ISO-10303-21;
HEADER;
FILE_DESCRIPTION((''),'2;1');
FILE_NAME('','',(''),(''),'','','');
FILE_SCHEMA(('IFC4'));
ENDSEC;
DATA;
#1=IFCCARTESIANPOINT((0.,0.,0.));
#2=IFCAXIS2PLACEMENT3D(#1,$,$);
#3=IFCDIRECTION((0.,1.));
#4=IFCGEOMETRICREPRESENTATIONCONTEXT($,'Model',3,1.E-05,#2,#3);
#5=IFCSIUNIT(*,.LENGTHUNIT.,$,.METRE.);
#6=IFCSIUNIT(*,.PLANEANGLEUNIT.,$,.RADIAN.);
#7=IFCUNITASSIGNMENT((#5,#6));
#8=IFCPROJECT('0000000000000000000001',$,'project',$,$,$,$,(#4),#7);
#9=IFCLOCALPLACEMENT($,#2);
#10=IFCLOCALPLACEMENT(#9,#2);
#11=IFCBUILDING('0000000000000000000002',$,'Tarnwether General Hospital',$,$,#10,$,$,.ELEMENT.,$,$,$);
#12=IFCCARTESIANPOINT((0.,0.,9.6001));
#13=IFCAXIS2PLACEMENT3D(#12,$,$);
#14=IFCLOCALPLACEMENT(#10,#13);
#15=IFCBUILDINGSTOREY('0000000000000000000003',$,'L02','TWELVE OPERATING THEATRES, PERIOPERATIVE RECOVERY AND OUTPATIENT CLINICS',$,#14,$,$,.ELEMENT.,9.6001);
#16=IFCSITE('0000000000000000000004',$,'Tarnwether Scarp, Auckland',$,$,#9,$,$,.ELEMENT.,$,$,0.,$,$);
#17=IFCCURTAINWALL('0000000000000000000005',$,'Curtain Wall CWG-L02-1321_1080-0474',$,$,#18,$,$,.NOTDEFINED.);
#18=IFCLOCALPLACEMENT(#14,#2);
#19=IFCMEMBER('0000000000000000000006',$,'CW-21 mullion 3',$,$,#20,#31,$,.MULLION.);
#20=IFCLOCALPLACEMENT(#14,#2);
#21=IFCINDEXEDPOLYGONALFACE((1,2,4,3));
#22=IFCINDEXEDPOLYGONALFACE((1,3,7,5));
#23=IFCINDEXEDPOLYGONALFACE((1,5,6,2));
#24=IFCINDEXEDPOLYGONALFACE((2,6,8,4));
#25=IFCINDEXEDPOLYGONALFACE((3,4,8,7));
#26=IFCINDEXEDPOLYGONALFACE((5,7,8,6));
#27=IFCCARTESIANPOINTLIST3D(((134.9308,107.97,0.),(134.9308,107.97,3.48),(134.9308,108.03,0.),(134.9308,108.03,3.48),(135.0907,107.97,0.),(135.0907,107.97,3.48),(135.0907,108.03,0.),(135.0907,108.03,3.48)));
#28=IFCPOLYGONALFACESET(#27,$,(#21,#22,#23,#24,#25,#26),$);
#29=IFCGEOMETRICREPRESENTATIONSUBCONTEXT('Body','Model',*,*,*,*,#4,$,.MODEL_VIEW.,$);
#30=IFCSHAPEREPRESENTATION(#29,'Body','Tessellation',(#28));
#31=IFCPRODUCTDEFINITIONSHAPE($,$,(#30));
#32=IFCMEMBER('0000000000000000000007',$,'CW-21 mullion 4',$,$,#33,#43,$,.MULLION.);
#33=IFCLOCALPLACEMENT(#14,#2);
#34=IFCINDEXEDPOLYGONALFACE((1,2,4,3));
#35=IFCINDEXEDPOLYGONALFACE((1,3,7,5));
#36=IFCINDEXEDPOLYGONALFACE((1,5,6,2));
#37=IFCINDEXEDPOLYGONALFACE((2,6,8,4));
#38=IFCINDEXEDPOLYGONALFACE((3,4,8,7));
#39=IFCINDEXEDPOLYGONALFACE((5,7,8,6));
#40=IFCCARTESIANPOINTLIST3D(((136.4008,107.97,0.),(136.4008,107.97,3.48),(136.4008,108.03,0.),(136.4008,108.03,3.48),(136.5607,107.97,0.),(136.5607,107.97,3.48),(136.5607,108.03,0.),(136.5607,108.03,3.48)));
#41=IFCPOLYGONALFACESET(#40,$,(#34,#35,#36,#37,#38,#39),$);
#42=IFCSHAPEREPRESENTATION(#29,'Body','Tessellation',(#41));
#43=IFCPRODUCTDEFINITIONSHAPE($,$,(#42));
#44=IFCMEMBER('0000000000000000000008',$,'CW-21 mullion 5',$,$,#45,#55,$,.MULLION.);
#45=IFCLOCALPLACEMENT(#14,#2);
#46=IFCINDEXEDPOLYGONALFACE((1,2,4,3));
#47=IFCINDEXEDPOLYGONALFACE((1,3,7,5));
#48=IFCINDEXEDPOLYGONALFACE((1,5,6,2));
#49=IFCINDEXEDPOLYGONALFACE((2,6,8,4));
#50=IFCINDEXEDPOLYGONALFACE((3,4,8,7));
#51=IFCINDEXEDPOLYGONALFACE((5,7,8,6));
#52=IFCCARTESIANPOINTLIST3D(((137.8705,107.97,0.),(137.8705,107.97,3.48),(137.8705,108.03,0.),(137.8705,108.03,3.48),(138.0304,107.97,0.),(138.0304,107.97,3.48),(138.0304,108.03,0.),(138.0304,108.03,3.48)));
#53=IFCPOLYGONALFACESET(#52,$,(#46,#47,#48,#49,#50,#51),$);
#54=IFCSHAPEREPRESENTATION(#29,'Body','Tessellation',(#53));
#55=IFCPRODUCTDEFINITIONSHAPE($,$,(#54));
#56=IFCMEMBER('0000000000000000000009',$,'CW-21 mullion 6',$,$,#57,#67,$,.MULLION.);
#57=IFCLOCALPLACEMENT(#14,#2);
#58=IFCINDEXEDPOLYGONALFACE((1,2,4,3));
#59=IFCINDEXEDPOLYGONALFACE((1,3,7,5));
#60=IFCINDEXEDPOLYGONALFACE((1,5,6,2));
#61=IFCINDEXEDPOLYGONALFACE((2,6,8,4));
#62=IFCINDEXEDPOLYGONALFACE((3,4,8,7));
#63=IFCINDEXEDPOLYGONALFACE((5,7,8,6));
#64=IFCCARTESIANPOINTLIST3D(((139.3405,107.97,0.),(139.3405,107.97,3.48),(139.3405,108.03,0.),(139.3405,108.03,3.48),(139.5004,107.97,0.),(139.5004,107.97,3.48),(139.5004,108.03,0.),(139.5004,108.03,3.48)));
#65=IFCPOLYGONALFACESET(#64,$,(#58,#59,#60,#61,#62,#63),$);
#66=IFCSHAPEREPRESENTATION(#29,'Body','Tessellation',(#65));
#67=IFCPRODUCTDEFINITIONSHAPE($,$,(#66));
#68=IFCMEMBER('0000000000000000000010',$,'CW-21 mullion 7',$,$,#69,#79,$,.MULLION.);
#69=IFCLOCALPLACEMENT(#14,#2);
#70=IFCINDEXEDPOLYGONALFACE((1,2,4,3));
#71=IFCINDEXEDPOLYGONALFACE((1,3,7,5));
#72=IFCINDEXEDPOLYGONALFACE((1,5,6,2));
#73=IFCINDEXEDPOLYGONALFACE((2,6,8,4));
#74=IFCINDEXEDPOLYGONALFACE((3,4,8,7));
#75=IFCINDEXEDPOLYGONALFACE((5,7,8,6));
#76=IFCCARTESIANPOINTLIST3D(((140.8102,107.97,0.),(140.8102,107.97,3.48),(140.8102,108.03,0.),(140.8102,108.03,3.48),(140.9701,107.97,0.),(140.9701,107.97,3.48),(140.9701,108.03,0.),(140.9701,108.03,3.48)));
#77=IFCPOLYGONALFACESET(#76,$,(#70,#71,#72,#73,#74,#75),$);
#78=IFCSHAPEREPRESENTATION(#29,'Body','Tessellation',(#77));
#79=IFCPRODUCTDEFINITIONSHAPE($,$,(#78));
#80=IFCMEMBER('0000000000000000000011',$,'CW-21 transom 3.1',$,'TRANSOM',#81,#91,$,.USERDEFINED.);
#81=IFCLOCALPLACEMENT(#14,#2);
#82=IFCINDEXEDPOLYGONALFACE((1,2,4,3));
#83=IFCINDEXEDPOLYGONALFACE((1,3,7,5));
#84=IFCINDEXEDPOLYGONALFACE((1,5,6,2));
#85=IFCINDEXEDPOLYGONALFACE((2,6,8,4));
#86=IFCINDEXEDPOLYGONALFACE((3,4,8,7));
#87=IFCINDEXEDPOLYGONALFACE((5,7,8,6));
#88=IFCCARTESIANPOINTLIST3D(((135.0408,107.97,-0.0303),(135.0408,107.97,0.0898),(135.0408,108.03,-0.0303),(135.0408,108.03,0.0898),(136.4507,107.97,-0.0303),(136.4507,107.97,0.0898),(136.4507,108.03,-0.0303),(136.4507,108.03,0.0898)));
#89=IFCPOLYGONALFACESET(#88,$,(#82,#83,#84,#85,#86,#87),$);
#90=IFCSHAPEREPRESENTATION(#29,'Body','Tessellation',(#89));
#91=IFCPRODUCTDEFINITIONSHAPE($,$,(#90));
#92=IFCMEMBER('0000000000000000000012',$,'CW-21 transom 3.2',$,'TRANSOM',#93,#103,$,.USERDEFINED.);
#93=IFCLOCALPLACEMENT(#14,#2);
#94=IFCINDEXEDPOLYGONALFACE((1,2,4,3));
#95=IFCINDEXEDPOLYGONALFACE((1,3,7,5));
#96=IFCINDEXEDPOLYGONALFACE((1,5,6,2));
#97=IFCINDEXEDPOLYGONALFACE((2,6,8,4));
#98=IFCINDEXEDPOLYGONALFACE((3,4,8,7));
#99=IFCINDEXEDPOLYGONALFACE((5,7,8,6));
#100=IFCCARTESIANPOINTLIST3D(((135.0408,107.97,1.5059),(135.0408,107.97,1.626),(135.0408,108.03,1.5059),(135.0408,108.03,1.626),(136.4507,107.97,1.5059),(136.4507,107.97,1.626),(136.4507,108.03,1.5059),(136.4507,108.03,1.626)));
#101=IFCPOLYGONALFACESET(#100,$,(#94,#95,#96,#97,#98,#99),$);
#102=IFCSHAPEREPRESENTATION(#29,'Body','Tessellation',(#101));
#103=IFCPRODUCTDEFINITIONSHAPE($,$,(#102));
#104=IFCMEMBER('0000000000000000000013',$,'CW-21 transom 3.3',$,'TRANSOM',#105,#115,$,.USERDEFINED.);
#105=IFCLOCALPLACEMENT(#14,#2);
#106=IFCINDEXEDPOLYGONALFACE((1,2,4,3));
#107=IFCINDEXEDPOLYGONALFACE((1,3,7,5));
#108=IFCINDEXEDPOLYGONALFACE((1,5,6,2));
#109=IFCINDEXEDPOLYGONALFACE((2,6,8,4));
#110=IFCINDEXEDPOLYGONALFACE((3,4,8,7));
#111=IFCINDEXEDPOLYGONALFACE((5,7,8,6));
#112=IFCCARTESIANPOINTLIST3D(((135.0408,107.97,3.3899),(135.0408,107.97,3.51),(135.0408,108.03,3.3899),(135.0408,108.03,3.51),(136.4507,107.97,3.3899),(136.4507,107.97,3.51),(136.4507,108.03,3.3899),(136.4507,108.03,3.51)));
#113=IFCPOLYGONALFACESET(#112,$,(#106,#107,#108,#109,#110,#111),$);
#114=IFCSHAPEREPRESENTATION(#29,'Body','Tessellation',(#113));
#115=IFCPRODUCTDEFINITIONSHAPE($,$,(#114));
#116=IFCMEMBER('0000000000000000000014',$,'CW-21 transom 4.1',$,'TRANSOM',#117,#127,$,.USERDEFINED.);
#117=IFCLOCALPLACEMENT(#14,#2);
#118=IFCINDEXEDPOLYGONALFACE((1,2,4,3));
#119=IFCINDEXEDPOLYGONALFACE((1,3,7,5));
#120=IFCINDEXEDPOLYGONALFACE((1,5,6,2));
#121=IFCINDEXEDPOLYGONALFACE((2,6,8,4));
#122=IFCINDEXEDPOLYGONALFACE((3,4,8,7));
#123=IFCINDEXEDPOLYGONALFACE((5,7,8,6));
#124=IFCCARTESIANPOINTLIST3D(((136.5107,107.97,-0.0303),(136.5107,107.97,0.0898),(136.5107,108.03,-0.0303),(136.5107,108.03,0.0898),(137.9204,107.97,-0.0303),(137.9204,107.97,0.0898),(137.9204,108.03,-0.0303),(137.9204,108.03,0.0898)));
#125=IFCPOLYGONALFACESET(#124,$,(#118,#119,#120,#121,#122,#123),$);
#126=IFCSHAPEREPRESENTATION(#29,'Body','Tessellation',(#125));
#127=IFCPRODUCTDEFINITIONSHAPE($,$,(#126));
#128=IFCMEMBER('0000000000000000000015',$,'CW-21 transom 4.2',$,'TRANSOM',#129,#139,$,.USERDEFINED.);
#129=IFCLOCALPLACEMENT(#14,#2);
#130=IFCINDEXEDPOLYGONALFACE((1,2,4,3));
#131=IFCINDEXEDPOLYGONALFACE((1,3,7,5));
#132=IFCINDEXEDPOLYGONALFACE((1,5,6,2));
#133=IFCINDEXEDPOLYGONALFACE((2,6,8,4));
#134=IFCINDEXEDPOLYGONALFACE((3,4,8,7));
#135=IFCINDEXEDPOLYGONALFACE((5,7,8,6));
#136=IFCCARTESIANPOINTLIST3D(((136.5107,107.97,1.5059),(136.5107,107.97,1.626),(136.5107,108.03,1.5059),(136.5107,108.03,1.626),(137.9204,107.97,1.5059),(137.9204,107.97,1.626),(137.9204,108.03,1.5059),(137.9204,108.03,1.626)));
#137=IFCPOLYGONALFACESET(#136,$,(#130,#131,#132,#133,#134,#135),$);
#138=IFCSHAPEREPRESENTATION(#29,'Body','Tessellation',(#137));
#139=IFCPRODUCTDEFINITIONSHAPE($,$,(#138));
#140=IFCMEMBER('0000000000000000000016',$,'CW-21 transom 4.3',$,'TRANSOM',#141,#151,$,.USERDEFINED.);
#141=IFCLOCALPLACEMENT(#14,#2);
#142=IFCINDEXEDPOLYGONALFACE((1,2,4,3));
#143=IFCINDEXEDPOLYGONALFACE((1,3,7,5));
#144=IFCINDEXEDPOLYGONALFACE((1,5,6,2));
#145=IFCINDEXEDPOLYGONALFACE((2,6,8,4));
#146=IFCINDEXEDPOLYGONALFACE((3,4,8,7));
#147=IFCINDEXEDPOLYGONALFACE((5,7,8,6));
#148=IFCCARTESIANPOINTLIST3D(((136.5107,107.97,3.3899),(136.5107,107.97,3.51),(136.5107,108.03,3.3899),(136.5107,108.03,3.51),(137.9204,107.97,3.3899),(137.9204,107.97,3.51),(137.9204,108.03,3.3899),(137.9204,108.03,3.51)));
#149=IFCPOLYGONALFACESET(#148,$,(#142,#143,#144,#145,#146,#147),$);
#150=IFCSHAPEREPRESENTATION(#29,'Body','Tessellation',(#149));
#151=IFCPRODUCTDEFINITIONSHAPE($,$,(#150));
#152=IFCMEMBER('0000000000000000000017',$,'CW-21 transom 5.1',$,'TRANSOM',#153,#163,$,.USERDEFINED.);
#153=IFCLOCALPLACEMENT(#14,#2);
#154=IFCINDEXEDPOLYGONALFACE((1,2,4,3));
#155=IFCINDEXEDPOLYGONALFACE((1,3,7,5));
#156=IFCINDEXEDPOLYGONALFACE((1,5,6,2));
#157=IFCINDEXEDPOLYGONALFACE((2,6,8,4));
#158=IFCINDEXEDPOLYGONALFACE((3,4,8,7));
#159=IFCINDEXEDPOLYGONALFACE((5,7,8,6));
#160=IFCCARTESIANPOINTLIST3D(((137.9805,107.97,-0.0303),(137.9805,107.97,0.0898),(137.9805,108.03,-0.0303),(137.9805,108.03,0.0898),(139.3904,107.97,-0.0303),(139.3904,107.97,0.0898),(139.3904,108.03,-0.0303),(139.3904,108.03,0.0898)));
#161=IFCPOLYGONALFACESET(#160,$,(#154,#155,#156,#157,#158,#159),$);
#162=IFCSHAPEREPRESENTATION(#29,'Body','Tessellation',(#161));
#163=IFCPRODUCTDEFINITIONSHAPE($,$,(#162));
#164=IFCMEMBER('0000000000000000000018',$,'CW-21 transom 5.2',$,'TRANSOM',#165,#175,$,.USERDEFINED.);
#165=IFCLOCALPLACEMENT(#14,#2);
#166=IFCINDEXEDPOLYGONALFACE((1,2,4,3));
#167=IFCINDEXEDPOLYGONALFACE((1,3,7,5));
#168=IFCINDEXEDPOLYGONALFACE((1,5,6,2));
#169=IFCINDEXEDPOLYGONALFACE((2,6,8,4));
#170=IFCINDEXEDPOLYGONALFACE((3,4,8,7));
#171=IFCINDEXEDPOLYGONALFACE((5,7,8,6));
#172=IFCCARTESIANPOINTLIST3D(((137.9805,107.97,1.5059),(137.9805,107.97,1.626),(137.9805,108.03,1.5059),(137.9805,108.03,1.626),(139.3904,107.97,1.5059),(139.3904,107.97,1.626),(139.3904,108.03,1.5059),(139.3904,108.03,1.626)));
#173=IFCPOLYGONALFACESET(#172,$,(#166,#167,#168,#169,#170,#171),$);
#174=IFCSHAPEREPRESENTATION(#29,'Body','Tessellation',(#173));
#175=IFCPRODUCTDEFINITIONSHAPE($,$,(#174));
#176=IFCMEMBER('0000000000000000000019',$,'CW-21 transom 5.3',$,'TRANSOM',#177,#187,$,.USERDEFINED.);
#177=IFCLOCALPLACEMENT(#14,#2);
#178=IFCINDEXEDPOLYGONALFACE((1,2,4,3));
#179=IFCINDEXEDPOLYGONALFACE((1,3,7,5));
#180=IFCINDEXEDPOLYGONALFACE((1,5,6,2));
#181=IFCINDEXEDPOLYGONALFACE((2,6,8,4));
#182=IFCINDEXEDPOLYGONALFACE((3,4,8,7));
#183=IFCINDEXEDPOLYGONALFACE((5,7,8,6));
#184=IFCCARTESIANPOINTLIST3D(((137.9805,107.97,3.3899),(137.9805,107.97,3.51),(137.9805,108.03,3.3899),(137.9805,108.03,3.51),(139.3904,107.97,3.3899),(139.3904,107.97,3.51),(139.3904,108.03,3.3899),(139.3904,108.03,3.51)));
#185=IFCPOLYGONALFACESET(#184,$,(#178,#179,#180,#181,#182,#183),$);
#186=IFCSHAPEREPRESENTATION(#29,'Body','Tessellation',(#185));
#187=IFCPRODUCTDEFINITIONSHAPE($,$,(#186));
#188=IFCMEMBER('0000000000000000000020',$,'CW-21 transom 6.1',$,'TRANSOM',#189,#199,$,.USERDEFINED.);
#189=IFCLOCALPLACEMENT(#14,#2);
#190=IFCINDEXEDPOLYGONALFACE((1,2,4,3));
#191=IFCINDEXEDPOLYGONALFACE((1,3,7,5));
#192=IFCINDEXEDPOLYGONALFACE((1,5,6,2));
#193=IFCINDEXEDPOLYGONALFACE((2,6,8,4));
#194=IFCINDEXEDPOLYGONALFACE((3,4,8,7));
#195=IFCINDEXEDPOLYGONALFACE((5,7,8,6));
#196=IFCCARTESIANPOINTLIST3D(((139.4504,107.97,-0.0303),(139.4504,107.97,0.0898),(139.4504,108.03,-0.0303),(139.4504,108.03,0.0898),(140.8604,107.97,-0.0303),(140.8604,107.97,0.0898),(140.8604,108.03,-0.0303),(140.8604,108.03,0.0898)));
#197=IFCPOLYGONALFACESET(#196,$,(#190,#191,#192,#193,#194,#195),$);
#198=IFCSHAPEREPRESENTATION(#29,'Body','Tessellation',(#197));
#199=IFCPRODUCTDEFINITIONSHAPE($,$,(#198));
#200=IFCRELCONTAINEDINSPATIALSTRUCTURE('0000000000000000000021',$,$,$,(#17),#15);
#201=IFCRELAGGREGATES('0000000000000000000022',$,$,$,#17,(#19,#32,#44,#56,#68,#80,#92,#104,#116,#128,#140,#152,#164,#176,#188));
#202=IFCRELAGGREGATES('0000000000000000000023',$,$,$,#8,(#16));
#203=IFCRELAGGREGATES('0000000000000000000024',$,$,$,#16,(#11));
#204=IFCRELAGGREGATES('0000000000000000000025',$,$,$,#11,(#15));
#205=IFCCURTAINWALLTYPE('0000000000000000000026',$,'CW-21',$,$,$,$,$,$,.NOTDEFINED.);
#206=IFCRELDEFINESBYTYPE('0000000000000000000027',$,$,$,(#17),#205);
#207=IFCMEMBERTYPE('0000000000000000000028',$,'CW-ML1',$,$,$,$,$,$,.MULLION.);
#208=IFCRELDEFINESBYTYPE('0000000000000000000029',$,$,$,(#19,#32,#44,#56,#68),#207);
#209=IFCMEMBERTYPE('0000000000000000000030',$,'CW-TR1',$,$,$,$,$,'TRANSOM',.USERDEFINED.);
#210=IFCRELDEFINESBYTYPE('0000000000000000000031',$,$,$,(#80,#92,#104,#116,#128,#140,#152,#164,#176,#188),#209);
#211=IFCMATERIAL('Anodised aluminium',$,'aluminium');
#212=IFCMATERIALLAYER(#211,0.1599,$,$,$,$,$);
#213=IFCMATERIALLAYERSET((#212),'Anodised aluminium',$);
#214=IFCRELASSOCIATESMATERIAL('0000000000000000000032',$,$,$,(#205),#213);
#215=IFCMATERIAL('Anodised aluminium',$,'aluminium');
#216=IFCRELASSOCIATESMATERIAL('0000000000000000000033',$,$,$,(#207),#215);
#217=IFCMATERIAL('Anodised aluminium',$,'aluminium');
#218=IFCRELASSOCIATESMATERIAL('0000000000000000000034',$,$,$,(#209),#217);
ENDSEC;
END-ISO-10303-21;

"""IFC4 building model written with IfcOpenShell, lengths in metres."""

from ifc_helpers import new_model, si_unit, direction, frame, origin, origin_2d, place, context, subcontext, project, spatial, rectangle, extrude, material, layer, layer_set, material_profile, profile_set, type_object, element, aggregate, save


model = new_model("IFC4")

# Units and contexts
model_context = context("Model", 3, precision=1e-05, world=origin(), true_north=direction((0.0, 1.0)))
body_context = subcontext(model_context, "Body", "Model", "MODEL_VIEW")
ifc_project = project(units=[si_unit("LENGTHUNIT", "METRE"), si_unit("PLANEANGLEUNIT", "RADIAN")], contexts=[model_context])

# Site, building, storey
site_placement = place(None, origin())
site = spatial("IfcSite", under=ifc_project, at=site_placement, Name="Tarnwether Scarp, Auckland", CompositionType="ELEMENT", RefElevation=0.0)
building_placement = place(site_placement, origin())
building = spatial("IfcBuilding", under=site, at=building_placement, Name="Tarnwether General Hospital", CompositionType="ELEMENT")
storey_placement = place(building_placement, frame((0.0, 0.0, 9.6001)))
storey = spatial("IfcBuildingStorey", under=building, at=storey_placement, Name="L02", Description="TWELVE OPERATING THEATRES, PERIOPERATIVE RECOVERY AND OUTPATIENT CLINICS", CompositionType="ELEMENT", Elevation=9.6001)

# Curtain wall, members
ifc_material_1 = material(Name="Anodised aluminium", Category="aluminium")
ifc_layer_1 = layer(ifc_material_1, 0.1599)
ifc_layer_set_1 = layer_set([ifc_layer_1], Name="Anodised aluminium")
curtain_wall_type = type_object("IfcCurtainWallType", Name="CW-21", PredefinedType="NOTDEFINED", material=ifc_layer_set_1)
curtain_wall_placement = place(storey_placement, origin())
curtain_wall = element("IfcCurtainWall", 1, at=curtain_wall_placement, inside=storey, type_object=curtain_wall_type, Name="Curtain Wall CWG-L02-1321_1080-0474", PredefinedType="NOTDEFINED")
ifc_material_2 = material(Name="Anodised aluminium", Category="aluminium")
ifc_material_profile_1 = material_profile(ifc_material_2, rectangle(XDim=0.0601, YDim=0.1599, at=origin_2d()), Name="ALU-MUL-60x160")
ifc_profile_set_1 = profile_set([ifc_material_profile_1], Name="Anodised aluminium")
member_type_1 = type_object("IfcMemberType", Name="CW-ML1", PredefinedType="MULLION", material=ifc_profile_set_1)
member_1_placement = place(storey_placement, frame((135.0107, 108.0, 0.0), z_axis=(0.0, 0.0, 1.0), x_axis=(0.0, 1.0, 0.0)))
member_1 = element("IfcMember", 2, at=member_1_placement, type_object=member_type_1, Name="CW-21 mullion 3", PredefinedType="MULLION", context=body_context, shape_type="SweptSolid", body=[
    extrude(rectangle(XDim=0.0601, YDim=0.1599, at=origin_2d()), origin(), (0.0, 0.0, 1.0), 3.48),
])
member_2_placement = place(storey_placement, frame((136.4807, 108.0, 0.0), z_axis=(0.0, 0.0, 1.0), x_axis=(0.0, 1.0, 0.0)))
member_2 = element("IfcMember", 3, at=member_2_placement, type_object=member_type_1, Name="CW-21 mullion 4", PredefinedType="MULLION", context=body_context, shape_type="SweptSolid", body=[
    extrude(rectangle(XDim=0.0601, YDim=0.1599, at=origin_2d()), origin(), (0.0, 0.0, 1.0), 3.48),
])
member_3_placement = place(storey_placement, frame((137.9504, 108.0, 0.0), z_axis=(0.0, 0.0, 1.0), x_axis=(0.0, 1.0, 0.0)))
member_3 = element("IfcMember", 4, at=member_3_placement, type_object=member_type_1, Name="CW-21 mullion 5", PredefinedType="MULLION", context=body_context, shape_type="SweptSolid", body=[
    extrude(rectangle(XDim=0.0601, YDim=0.1599, at=origin_2d()), origin(), (0.0, 0.0, 1.0), 3.48),
])
member_4_placement = place(storey_placement, frame((139.4204, 108.0, 0.0), z_axis=(0.0, 0.0, 1.0), x_axis=(0.0, 1.0, 0.0)))
member_4 = element("IfcMember", 5, at=member_4_placement, type_object=member_type_1, Name="CW-21 mullion 6", PredefinedType="MULLION", context=body_context, shape_type="SweptSolid", body=[
    extrude(rectangle(XDim=0.0601, YDim=0.1599, at=origin_2d()), origin(), (0.0, 0.0, 1.0), 3.48),
])
member_5_placement = place(storey_placement, frame((140.8901, 108.0, 0.0), z_axis=(0.0, 0.0, 1.0), x_axis=(0.0, 1.0, 0.0)))
member_5 = element("IfcMember", 6, at=member_5_placement, type_object=member_type_1, Name="CW-21 mullion 7", PredefinedType="MULLION", context=body_context, shape_type="SweptSolid", body=[
    extrude(rectangle(XDim=0.0601, YDim=0.1599, at=origin_2d()), origin(), (0.0, 0.0, 1.0), 3.48),
])
ifc_material_3 = material(Name="Anodised aluminium", Category="aluminium")
ifc_material_profile_2 = material_profile(ifc_material_3, rectangle(XDim=0.0601, YDim=0.1201, at=origin_2d()), Name="ALU-TRN-60x120")
ifc_profile_set_2 = profile_set([ifc_material_profile_2], Name="Anodised aluminium")
member_type_2 = type_object("IfcMemberType", Name="CW-TR1", ElementType="TRANSOM", PredefinedType="USERDEFINED", material=ifc_profile_set_2)
member_6_placement = place(storey_placement, frame((135.0408, 108.0, 0.0298), z_axis=(1.0, 0.0, 0.0), x_axis=(0.0, 1.0, 0.0)))
member_6 = element("IfcMember", 7, at=member_6_placement, type_object=member_type_2, Name="CW-21 transom 3.1", ObjectType="TRANSOM", PredefinedType="USERDEFINED", context=body_context, shape_type="SweptSolid", body=[
    extrude(rectangle(XDim=0.0601, YDim=0.1201, at=origin_2d()), origin(), (0.0, 0.0, 1.0), 1.4099),
])
member_7_placement = place(storey_placement, frame((135.0408, 108.0, 1.5659), z_axis=(1.0, 0.0, 0.0), x_axis=(0.0, 1.0, 0.0)))
member_7 = element("IfcMember", 8, at=member_7_placement, type_object=member_type_2, Name="CW-21 transom 3.2", ObjectType="TRANSOM", PredefinedType="USERDEFINED", context=body_context, shape_type="SweptSolid", body=[
    extrude(rectangle(XDim=0.0601, YDim=0.1201, at=origin_2d()), origin(), (0.0, 0.0, 1.0), 1.4099),
])
member_8_placement = place(storey_placement, frame((135.0408, 108.0, 3.45), z_axis=(1.0, 0.0, 0.0), x_axis=(0.0, 1.0, 0.0)))
member_8 = element("IfcMember", 9, at=member_8_placement, type_object=member_type_2, Name="CW-21 transom 3.3", ObjectType="TRANSOM", PredefinedType="USERDEFINED", context=body_context, shape_type="SweptSolid", body=[
    extrude(rectangle(XDim=0.0601, YDim=0.1201, at=origin_2d()), origin(), (0.0, 0.0, 1.0), 1.4099),
])
member_9_placement = place(storey_placement, frame((136.5107, 108.0, 0.0298), z_axis=(1.0, 0.0, 0.0), x_axis=(0.0, 1.0, 0.0)))
member_9 = element("IfcMember", 10, at=member_9_placement, type_object=member_type_2, Name="CW-21 transom 4.1", ObjectType="TRANSOM", PredefinedType="USERDEFINED", context=body_context, shape_type="SweptSolid", body=[
    extrude(rectangle(XDim=0.0601, YDim=0.1201, at=origin_2d()), origin(), (0.0, 0.0, 1.0), 1.4097),
])
member_10_placement = place(storey_placement, frame((136.5107, 108.0, 1.5659), z_axis=(1.0, 0.0, 0.0), x_axis=(0.0, 1.0, 0.0)))
member_10 = element("IfcMember", 11, at=member_10_placement, type_object=member_type_2, Name="CW-21 transom 4.2", ObjectType="TRANSOM", PredefinedType="USERDEFINED", context=body_context, shape_type="SweptSolid", body=[
    extrude(rectangle(XDim=0.0601, YDim=0.1201, at=origin_2d()), origin(), (0.0, 0.0, 1.0), 1.4097),
])
member_11_placement = place(storey_placement, frame((136.5107, 108.0, 3.45), z_axis=(1.0, 0.0, 0.0), x_axis=(0.0, 1.0, 0.0)))
member_11 = element("IfcMember", 12, at=member_11_placement, type_object=member_type_2, Name="CW-21 transom 4.3", ObjectType="TRANSOM", PredefinedType="USERDEFINED", context=body_context, shape_type="SweptSolid", body=[
    extrude(rectangle(XDim=0.0601, YDim=0.1201, at=origin_2d()), origin(), (0.0, 0.0, 1.0), 1.4097),
])
member_12_placement = place(storey_placement, frame((137.9805, 108.0, 0.0298), z_axis=(1.0, 0.0, 0.0), x_axis=(0.0, 1.0, 0.0)))
member_12 = element("IfcMember", 13, at=member_12_placement, type_object=member_type_2, Name="CW-21 transom 5.1", ObjectType="TRANSOM", PredefinedType="USERDEFINED", context=body_context, shape_type="SweptSolid", body=[
    extrude(rectangle(XDim=0.0601, YDim=0.1201, at=origin_2d()), origin(), (0.0, 0.0, 1.0), 1.4099),
])
member_13_placement = place(storey_placement, frame((137.9805, 108.0, 1.5659), z_axis=(1.0, 0.0, 0.0), x_axis=(0.0, 1.0, 0.0)))
member_13 = element("IfcMember", 14, at=member_13_placement, type_object=member_type_2, Name="CW-21 transom 5.2", ObjectType="TRANSOM", PredefinedType="USERDEFINED", context=body_context, shape_type="SweptSolid", body=[
    extrude(rectangle(XDim=0.0601, YDim=0.1201, at=origin_2d()), origin(), (0.0, 0.0, 1.0), 1.4099),
])
member_14_placement = place(storey_placement, frame((137.9805, 108.0, 3.45), z_axis=(1.0, 0.0, 0.0), x_axis=(0.0, 1.0, 0.0)))
member_14 = element("IfcMember", 15, at=member_14_placement, type_object=member_type_2, Name="CW-21 transom 5.3", ObjectType="TRANSOM", PredefinedType="USERDEFINED", context=body_context, shape_type="SweptSolid", body=[
    extrude(rectangle(XDim=0.0601, YDim=0.1201, at=origin_2d()), origin(), (0.0, 0.0, 1.0), 1.4099),
])
member_15_placement = place(storey_placement, frame((139.4504, 108.0, 0.0298), z_axis=(1.0, 0.0, 0.0), x_axis=(0.0, 1.0, 0.0)))
member_15 = element("IfcMember", 16, at=member_15_placement, type_object=member_type_2, Name="CW-21 transom 6.1", ObjectType="TRANSOM", PredefinedType="USERDEFINED", context=body_context, shape_type="SweptSolid", body=[
    extrude(rectangle(XDim=0.0601, YDim=0.1201, at=origin_2d()), origin(), (0.0, 0.0, 1.0), 1.4099),
])
aggregate(curtain_wall, [member_1, member_2, member_3, member_4, member_5, member_6, member_7, member_8, member_9, member_10, member_11, member_12, member_13, member_14, member_15])

save(model, "model.ifc")
